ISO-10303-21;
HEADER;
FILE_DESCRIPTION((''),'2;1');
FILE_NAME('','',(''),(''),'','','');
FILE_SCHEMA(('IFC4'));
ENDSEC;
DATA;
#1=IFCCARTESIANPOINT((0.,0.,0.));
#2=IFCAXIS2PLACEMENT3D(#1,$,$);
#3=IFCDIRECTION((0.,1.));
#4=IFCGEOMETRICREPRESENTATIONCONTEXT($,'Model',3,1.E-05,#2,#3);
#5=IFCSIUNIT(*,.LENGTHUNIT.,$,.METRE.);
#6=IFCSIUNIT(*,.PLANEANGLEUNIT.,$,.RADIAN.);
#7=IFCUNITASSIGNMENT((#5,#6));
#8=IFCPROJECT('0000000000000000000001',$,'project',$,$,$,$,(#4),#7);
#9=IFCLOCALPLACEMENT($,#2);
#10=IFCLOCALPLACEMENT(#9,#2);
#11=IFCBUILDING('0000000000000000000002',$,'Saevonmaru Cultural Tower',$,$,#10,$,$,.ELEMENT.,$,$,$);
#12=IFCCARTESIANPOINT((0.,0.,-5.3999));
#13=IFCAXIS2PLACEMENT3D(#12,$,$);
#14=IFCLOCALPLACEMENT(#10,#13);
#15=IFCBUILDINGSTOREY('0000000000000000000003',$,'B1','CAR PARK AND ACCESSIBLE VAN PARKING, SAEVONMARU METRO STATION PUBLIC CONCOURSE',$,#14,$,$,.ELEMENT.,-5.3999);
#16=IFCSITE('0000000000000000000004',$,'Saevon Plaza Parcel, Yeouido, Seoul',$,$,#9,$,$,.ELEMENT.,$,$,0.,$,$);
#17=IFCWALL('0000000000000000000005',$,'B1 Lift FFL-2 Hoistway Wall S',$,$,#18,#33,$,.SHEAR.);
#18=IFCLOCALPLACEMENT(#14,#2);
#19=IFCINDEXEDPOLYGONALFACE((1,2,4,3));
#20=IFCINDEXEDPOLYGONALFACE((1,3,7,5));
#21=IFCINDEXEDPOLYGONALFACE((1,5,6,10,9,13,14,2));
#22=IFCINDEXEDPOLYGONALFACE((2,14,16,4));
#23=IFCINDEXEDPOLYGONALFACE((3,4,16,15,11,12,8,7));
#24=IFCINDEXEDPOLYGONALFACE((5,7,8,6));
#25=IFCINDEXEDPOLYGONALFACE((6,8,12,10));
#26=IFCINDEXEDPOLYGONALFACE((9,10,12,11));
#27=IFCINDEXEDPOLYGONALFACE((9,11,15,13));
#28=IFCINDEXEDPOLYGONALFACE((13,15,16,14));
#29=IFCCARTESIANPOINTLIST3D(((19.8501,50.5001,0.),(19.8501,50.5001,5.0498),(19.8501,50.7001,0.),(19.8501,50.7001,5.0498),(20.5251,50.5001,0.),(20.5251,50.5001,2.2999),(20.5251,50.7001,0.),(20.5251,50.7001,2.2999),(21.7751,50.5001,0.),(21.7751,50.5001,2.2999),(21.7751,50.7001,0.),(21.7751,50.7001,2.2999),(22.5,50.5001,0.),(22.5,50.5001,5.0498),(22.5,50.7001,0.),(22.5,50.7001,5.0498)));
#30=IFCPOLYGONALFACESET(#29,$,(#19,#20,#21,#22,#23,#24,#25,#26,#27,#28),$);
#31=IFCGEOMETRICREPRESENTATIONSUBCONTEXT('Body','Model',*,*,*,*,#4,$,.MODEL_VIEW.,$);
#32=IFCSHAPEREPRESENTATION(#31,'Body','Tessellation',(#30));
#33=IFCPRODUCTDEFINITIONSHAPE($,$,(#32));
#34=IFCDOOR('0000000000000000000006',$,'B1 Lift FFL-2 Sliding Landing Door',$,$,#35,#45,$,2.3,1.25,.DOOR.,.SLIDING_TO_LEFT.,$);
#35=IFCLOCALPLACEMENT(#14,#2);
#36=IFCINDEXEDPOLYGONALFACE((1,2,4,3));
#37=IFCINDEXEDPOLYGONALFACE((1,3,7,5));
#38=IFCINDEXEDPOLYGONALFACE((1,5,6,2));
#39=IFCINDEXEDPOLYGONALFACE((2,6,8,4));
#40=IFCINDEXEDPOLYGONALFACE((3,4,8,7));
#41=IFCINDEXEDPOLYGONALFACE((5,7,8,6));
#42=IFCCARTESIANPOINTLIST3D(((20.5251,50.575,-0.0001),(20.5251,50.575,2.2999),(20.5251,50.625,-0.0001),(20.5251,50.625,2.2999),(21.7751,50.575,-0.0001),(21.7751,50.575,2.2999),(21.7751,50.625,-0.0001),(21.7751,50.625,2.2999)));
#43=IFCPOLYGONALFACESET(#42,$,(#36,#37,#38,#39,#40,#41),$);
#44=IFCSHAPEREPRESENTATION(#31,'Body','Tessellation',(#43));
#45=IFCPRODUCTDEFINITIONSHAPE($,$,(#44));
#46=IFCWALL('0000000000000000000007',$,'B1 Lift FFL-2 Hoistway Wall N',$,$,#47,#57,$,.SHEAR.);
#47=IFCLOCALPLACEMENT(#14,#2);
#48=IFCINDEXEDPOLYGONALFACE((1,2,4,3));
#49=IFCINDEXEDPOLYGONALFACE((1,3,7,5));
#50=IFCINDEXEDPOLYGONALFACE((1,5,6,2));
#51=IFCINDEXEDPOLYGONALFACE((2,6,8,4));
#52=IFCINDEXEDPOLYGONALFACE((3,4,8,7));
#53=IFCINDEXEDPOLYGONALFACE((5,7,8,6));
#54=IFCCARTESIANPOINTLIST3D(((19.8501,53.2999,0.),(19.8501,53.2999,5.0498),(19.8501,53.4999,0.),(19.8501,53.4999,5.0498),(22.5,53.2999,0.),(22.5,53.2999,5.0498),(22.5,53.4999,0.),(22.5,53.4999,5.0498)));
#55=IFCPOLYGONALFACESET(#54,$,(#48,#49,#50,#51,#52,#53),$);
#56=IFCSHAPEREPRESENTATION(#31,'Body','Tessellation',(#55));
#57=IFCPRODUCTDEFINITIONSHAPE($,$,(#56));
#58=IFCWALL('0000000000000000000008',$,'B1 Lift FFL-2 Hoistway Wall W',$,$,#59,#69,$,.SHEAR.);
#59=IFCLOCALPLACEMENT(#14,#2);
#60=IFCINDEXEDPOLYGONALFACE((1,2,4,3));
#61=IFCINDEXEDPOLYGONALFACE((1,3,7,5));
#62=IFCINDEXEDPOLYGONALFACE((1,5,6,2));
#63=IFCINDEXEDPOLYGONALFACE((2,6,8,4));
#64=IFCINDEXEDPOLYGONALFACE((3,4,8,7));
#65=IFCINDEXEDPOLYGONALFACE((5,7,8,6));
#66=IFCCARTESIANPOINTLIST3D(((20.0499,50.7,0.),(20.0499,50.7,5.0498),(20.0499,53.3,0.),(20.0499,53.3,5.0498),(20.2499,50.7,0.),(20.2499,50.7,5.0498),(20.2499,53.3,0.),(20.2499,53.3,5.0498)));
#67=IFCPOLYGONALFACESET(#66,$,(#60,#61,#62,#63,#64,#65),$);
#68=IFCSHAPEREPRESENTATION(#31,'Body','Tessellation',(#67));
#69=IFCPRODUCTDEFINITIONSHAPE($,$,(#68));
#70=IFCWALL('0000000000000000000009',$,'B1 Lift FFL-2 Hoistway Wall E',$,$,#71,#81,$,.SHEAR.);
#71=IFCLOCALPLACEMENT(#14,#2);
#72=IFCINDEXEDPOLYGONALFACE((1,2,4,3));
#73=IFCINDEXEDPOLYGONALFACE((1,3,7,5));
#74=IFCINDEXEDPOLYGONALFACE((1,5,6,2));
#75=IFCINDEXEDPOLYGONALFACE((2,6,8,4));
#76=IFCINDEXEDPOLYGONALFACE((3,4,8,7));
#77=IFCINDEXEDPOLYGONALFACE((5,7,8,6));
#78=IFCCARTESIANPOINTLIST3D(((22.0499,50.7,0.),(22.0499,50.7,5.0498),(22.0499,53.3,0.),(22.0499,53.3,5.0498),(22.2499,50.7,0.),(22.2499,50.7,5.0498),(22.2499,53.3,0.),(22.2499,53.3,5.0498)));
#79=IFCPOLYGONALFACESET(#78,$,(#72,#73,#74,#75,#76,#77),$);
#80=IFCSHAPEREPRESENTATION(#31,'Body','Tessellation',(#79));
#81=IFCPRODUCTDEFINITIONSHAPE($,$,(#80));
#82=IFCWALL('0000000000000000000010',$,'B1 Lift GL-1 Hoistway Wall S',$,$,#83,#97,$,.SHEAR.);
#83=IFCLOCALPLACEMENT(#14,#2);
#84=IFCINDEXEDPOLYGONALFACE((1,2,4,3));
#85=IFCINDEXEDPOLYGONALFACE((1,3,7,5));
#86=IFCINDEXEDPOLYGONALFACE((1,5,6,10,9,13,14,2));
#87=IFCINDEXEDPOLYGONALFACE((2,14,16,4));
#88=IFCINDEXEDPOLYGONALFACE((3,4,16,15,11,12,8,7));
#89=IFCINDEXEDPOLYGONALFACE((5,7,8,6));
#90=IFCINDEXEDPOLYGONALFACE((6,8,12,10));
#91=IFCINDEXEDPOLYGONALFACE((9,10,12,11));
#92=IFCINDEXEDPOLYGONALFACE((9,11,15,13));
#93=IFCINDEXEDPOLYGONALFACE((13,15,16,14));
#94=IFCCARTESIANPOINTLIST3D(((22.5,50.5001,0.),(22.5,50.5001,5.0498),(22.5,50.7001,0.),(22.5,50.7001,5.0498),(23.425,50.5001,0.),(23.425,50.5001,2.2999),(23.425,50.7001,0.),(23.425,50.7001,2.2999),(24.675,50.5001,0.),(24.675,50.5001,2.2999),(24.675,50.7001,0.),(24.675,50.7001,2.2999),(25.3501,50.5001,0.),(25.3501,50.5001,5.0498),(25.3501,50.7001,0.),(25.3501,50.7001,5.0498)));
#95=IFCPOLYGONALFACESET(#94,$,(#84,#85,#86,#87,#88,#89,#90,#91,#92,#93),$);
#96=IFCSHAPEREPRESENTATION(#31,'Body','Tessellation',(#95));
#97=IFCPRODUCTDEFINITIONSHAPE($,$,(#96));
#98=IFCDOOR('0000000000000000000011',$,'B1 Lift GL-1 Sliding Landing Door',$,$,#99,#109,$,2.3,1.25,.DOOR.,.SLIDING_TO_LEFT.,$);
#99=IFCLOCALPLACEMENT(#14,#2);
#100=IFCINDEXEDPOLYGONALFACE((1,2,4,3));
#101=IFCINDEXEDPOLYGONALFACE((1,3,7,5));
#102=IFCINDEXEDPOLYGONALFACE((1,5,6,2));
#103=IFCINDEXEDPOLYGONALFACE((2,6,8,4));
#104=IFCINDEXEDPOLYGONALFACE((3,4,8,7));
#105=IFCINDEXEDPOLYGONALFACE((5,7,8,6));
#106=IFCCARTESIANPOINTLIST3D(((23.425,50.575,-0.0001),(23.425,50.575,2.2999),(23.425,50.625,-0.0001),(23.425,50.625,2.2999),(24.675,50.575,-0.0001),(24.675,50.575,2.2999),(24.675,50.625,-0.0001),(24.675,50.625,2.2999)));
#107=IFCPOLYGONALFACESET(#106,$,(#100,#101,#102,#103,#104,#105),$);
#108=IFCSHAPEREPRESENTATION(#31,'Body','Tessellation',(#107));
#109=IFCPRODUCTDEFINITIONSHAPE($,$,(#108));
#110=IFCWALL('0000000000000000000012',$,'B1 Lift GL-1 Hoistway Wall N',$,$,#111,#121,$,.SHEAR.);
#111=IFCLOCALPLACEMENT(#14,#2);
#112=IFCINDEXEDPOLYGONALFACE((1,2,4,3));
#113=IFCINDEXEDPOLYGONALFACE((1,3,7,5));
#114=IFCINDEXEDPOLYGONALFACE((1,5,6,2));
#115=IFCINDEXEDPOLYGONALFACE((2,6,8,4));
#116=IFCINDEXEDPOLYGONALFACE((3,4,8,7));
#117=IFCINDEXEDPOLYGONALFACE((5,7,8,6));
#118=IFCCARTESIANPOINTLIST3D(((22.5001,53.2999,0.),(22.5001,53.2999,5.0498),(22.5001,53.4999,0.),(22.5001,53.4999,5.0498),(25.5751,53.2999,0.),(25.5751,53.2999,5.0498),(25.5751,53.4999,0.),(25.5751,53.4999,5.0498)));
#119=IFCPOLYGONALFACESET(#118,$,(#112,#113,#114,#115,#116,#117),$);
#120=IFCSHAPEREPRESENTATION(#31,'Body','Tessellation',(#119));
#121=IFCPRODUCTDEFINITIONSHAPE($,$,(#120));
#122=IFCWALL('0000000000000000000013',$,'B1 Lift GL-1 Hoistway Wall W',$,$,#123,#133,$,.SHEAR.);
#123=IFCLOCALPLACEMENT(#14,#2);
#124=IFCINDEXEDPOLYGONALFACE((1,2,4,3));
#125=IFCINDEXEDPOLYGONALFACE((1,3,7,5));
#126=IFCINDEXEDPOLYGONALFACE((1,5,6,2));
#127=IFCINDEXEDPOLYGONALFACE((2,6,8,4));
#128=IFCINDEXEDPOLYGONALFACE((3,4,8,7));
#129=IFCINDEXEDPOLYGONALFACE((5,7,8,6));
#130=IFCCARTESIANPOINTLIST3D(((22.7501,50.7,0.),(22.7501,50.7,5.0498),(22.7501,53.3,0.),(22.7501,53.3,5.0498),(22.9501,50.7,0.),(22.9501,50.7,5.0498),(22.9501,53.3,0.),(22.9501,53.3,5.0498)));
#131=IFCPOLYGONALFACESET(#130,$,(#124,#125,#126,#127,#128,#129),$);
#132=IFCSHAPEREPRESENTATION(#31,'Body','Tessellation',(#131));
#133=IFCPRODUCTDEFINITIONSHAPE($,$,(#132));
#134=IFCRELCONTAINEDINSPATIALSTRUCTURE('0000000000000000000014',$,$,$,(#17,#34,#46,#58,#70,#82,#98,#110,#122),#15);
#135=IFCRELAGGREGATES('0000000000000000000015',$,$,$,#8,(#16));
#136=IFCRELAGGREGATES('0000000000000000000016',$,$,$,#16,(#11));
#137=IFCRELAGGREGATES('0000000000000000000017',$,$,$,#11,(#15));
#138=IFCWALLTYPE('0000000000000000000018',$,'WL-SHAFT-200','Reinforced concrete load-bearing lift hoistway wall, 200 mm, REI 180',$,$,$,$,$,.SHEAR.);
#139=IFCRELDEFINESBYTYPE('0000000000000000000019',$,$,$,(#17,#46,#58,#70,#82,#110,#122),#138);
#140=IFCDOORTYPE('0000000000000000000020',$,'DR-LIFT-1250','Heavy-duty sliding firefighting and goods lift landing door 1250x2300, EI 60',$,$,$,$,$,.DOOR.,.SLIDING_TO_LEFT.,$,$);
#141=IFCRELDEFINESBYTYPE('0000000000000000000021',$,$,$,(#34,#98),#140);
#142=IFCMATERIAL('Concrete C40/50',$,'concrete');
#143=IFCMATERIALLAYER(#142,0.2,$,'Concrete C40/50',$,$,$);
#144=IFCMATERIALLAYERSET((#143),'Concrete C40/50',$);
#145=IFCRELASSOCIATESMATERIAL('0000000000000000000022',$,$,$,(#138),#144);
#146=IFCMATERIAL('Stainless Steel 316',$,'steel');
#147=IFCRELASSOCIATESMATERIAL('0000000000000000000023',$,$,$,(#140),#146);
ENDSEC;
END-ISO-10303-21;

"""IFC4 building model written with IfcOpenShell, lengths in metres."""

from ifc_helpers import new_model, si_unit, direction, frame, frame_2d, origin, place, context, subcontext, project, spatial, rectangle, extrude, material, layer, layer_set, type_object, element, fill, save


model = new_model("IFC4")

# Units and contexts
model_context = context("Model", 3, precision=1e-05, world=origin(), true_north=direction((0.0, 1.0)))
body_context = subcontext(model_context, "Body", "Model", "MODEL_VIEW")
ifc_project = project(units=[si_unit("LENGTHUNIT", "METRE"), si_unit("PLANEANGLEUNIT", "RADIAN")], contexts=[model_context])

# Site, building, storey
site_placement = place(None, origin())
site = spatial("IfcSite", under=ifc_project, at=site_placement, Name="Saevon Plaza Parcel, Yeouido, Seoul", CompositionType="ELEMENT", RefElevation=0.0)
building_placement = place(site_placement, origin())
building = spatial("IfcBuilding", under=site, at=building_placement, Name="Saevonmaru Cultural Tower", CompositionType="ELEMENT")
storey_placement = place(building_placement, frame((0.0, 0.0, -5.3999)))
storey = spatial("IfcBuildingStorey", under=building, at=storey_placement, Name="B1", Description="CAR PARK AND ACCESSIBLE VAN PARKING, SAEVONMARU METRO STATION PUBLIC CONCOURSE", CompositionType="ELEMENT", Elevation=-5.3999)

# Shared definitions
ifc_material_1 = material(Name="Concrete C40/50", Category="concrete")
ifc_layer_1 = layer(ifc_material_1, 0.2, Name="Concrete C40/50")
ifc_layer_set_1 = layer_set([ifc_layer_1], Name="Concrete C40/50")
wall_type_1 = type_object("IfcWallType", Name="WL-SHAFT-200", Description="Reinforced concrete load-bearing lift hoistway wall, 200 mm, REI 180", PredefinedType="SHEAR", material=ifc_layer_set_1)
ifc_material_2 = material(Name="Stainless Steel 316", Category="steel")
door_type_1 = type_object("IfcDoorType", Name="DR-LIFT-1250", Description="Heavy-duty sliding firefighting and goods lift landing door 1250x2300, EI 60", OperationType="SLIDING_TO_LEFT", PredefinedType="DOOR", material=ifc_material_2)

# Wall, opening, door
wall_1_placement = place(storey_placement, frame((19.8501, 50.6001, 0.0), z_axis=(0.0, 0.0, 1.0), x_axis=(1.0, 0.0, 0.0)))
wall_1 = element("IfcWall", 1, at=wall_1_placement, inside=storey, type_object=wall_type_1, Name="B1 Lift FFL-2 Hoistway Wall S", PredefinedType="SHEAR", context=body_context, shape_type="SweptSolid", body=[
    extrude(rectangle(XDim=2.6499, YDim=0.2, at=frame_2d((1.325, 0.0))), origin(), (0.0, 0.0, 1.0), 5.0498),
])
opening_1_placement = place(wall_1_placement, frame((0.675, 0.0, 0.0)))
opening_1 = element("IfcOpeningElement", 2, at=opening_1_placement, cuts=wall_1, PredefinedType="OPENING", context=body_context, shape_type="SweptSolid", body=[
    extrude(rectangle(XDim=1.25, YDim=2.3, at=frame_2d((0.625, 1.1499))), frame((0.0, 0.1099, 0.0), z_axis=(0.0, -1.0, 0.0), x_axis=(1.0, 0.0, 0.0)), (0.0, 0.0, 1.0), 0.22),
])
door_1_placement = place(opening_1_placement, origin())
door_1 = element("IfcDoor", 3, at=door_1_placement, inside=storey, type_object=door_type_1, Name="B1 Lift FFL-2 Sliding Landing Door", OperationType="SLIDING_TO_LEFT", OverallHeight=2.3, OverallWidth=1.25, PredefinedType="DOOR", context=body_context, shape_type="SweptSolid", body=[
    extrude(rectangle(XDim=1.25, YDim=2.3, at=frame_2d((0.625, 1.1499))), frame((0.0, 0.0249, 0.0), z_axis=(0.0, -1.0, 0.0), x_axis=(1.0, 0.0, 0.0)), (0.0, 0.0, 1.0), 0.05),
])
fill(opening_1, door_1)

# Walls
wall_2_placement = place(storey_placement, frame((19.8501, 53.3999, 0.0), z_axis=(0.0, 0.0, 1.0), x_axis=(1.0, 0.0, 0.0)))
element("IfcWall", 4, at=wall_2_placement, inside=storey, type_object=wall_type_1, Name="B1 Lift FFL-2 Hoistway Wall N", PredefinedType="SHEAR", context=body_context, shape_type="SweptSolid", body=[
    extrude(rectangle(XDim=2.6499, YDim=0.2, at=frame_2d((1.325, 0.0))), origin(), (0.0, 0.0, 1.0), 5.0498),
])
for number, where, z_axis, x_axis, name in (
    (5, (20.1499, 50.7, 0.0), (0.0, 0.0, 1.0), (0.0, 1.0, 0.0), "B1 Lift FFL-2 Hoistway Wall W"),
    (6, (22.1499, 50.7, 0.0), (0.0, 0.0, 1.0), (0.0, 1.0, 0.0), "B1 Lift FFL-2 Hoistway Wall E"),
):
    element("IfcWall", number, at=place(storey_placement, frame(where, z_axis=z_axis, x_axis=x_axis)), inside=storey, type_object=wall_type_1, Name=name, PredefinedType="SHEAR", context=body_context, shape_type="SweptSolid", body=[
        extrude(rectangle(XDim=2.6001, YDim=0.2, at=frame_2d((1.3, 0.0))), origin(), (0.0, 0.0, 1.0), 5.0498),
    ])

# Wall, opening, door
wall_3_placement = place(storey_placement, frame((22.5, 50.6001, 0.0), z_axis=(0.0, 0.0, 1.0), x_axis=(1.0, 0.0, 0.0)))
wall_3 = element("IfcWall", 7, at=wall_3_placement, inside=storey, type_object=wall_type_1, Name="B1 Lift GL-1 Hoistway Wall S", PredefinedType="SHEAR", context=body_context, shape_type="SweptSolid", body=[
    extrude(rectangle(XDim=2.8501, YDim=0.2, at=frame_2d((1.425, 0.0))), origin(), (0.0, 0.0, 1.0), 5.0498),
])
opening_2_placement = place(wall_3_placement, frame((0.925, 0.0, 0.0)))
opening_2 = element("IfcOpeningElement", 8, at=opening_2_placement, cuts=wall_3, PredefinedType="OPENING", context=body_context, shape_type="SweptSolid", body=[
    extrude(rectangle(XDim=1.25, YDim=2.3, at=frame_2d((0.625, 1.1499))), frame((0.0, 0.1099, 0.0), z_axis=(0.0, -1.0, 0.0), x_axis=(1.0, 0.0, 0.0)), (0.0, 0.0, 1.0), 0.22),
])
door_2_placement = place(opening_2_placement, origin())
door_2 = element("IfcDoor", 9, at=door_2_placement, inside=storey, type_object=door_type_1, Name="B1 Lift GL-1 Sliding Landing Door", OperationType="SLIDING_TO_LEFT", OverallHeight=2.3, OverallWidth=1.25, PredefinedType="DOOR", context=body_context, shape_type="SweptSolid", body=[
    extrude(rectangle(XDim=1.25, YDim=2.3, at=frame_2d((0.625, 1.1499))), frame((0.0, 0.0249, 0.0), z_axis=(0.0, -1.0, 0.0), x_axis=(1.0, 0.0, 0.0)), (0.0, 0.0, 1.0), 0.05),
])
fill(opening_2, door_2)

# Walls
wall_4_placement = place(storey_placement, frame((22.5, 53.3999, 0.0), z_axis=(0.0, 0.0, 1.0), x_axis=(1.0, 0.0, 0.0)))
element("IfcWall", 10, at=wall_4_placement, inside=storey, type_object=wall_type_1, Name="B1 Lift GL-1 Hoistway Wall N", PredefinedType="SHEAR", context=body_context, shape_type="SweptSolid", body=[
    extrude(rectangle(XDim=3.075, YDim=0.2, at=frame_2d((1.5376, 0.0))), origin(), (0.0, 0.0, 1.0), 5.0498),
])
wall_5_placement = place(storey_placement, frame((22.8501, 50.7, 0.0), z_axis=(0.0, 0.0, 1.0), x_axis=(0.0, 1.0, 0.0)))
element("IfcWall", 11, at=wall_5_placement, inside=storey, type_object=wall_type_1, Name="B1 Lift GL-1 Hoistway Wall W", PredefinedType="SHEAR", context=body_context, shape_type="SweptSolid", body=[
    extrude(rectangle(XDim=2.6001, YDim=0.2, at=frame_2d((1.3, 0.0))), origin(), (0.0, 0.0, 1.0), 5.0498),
])

save(model, "model.ifc")
